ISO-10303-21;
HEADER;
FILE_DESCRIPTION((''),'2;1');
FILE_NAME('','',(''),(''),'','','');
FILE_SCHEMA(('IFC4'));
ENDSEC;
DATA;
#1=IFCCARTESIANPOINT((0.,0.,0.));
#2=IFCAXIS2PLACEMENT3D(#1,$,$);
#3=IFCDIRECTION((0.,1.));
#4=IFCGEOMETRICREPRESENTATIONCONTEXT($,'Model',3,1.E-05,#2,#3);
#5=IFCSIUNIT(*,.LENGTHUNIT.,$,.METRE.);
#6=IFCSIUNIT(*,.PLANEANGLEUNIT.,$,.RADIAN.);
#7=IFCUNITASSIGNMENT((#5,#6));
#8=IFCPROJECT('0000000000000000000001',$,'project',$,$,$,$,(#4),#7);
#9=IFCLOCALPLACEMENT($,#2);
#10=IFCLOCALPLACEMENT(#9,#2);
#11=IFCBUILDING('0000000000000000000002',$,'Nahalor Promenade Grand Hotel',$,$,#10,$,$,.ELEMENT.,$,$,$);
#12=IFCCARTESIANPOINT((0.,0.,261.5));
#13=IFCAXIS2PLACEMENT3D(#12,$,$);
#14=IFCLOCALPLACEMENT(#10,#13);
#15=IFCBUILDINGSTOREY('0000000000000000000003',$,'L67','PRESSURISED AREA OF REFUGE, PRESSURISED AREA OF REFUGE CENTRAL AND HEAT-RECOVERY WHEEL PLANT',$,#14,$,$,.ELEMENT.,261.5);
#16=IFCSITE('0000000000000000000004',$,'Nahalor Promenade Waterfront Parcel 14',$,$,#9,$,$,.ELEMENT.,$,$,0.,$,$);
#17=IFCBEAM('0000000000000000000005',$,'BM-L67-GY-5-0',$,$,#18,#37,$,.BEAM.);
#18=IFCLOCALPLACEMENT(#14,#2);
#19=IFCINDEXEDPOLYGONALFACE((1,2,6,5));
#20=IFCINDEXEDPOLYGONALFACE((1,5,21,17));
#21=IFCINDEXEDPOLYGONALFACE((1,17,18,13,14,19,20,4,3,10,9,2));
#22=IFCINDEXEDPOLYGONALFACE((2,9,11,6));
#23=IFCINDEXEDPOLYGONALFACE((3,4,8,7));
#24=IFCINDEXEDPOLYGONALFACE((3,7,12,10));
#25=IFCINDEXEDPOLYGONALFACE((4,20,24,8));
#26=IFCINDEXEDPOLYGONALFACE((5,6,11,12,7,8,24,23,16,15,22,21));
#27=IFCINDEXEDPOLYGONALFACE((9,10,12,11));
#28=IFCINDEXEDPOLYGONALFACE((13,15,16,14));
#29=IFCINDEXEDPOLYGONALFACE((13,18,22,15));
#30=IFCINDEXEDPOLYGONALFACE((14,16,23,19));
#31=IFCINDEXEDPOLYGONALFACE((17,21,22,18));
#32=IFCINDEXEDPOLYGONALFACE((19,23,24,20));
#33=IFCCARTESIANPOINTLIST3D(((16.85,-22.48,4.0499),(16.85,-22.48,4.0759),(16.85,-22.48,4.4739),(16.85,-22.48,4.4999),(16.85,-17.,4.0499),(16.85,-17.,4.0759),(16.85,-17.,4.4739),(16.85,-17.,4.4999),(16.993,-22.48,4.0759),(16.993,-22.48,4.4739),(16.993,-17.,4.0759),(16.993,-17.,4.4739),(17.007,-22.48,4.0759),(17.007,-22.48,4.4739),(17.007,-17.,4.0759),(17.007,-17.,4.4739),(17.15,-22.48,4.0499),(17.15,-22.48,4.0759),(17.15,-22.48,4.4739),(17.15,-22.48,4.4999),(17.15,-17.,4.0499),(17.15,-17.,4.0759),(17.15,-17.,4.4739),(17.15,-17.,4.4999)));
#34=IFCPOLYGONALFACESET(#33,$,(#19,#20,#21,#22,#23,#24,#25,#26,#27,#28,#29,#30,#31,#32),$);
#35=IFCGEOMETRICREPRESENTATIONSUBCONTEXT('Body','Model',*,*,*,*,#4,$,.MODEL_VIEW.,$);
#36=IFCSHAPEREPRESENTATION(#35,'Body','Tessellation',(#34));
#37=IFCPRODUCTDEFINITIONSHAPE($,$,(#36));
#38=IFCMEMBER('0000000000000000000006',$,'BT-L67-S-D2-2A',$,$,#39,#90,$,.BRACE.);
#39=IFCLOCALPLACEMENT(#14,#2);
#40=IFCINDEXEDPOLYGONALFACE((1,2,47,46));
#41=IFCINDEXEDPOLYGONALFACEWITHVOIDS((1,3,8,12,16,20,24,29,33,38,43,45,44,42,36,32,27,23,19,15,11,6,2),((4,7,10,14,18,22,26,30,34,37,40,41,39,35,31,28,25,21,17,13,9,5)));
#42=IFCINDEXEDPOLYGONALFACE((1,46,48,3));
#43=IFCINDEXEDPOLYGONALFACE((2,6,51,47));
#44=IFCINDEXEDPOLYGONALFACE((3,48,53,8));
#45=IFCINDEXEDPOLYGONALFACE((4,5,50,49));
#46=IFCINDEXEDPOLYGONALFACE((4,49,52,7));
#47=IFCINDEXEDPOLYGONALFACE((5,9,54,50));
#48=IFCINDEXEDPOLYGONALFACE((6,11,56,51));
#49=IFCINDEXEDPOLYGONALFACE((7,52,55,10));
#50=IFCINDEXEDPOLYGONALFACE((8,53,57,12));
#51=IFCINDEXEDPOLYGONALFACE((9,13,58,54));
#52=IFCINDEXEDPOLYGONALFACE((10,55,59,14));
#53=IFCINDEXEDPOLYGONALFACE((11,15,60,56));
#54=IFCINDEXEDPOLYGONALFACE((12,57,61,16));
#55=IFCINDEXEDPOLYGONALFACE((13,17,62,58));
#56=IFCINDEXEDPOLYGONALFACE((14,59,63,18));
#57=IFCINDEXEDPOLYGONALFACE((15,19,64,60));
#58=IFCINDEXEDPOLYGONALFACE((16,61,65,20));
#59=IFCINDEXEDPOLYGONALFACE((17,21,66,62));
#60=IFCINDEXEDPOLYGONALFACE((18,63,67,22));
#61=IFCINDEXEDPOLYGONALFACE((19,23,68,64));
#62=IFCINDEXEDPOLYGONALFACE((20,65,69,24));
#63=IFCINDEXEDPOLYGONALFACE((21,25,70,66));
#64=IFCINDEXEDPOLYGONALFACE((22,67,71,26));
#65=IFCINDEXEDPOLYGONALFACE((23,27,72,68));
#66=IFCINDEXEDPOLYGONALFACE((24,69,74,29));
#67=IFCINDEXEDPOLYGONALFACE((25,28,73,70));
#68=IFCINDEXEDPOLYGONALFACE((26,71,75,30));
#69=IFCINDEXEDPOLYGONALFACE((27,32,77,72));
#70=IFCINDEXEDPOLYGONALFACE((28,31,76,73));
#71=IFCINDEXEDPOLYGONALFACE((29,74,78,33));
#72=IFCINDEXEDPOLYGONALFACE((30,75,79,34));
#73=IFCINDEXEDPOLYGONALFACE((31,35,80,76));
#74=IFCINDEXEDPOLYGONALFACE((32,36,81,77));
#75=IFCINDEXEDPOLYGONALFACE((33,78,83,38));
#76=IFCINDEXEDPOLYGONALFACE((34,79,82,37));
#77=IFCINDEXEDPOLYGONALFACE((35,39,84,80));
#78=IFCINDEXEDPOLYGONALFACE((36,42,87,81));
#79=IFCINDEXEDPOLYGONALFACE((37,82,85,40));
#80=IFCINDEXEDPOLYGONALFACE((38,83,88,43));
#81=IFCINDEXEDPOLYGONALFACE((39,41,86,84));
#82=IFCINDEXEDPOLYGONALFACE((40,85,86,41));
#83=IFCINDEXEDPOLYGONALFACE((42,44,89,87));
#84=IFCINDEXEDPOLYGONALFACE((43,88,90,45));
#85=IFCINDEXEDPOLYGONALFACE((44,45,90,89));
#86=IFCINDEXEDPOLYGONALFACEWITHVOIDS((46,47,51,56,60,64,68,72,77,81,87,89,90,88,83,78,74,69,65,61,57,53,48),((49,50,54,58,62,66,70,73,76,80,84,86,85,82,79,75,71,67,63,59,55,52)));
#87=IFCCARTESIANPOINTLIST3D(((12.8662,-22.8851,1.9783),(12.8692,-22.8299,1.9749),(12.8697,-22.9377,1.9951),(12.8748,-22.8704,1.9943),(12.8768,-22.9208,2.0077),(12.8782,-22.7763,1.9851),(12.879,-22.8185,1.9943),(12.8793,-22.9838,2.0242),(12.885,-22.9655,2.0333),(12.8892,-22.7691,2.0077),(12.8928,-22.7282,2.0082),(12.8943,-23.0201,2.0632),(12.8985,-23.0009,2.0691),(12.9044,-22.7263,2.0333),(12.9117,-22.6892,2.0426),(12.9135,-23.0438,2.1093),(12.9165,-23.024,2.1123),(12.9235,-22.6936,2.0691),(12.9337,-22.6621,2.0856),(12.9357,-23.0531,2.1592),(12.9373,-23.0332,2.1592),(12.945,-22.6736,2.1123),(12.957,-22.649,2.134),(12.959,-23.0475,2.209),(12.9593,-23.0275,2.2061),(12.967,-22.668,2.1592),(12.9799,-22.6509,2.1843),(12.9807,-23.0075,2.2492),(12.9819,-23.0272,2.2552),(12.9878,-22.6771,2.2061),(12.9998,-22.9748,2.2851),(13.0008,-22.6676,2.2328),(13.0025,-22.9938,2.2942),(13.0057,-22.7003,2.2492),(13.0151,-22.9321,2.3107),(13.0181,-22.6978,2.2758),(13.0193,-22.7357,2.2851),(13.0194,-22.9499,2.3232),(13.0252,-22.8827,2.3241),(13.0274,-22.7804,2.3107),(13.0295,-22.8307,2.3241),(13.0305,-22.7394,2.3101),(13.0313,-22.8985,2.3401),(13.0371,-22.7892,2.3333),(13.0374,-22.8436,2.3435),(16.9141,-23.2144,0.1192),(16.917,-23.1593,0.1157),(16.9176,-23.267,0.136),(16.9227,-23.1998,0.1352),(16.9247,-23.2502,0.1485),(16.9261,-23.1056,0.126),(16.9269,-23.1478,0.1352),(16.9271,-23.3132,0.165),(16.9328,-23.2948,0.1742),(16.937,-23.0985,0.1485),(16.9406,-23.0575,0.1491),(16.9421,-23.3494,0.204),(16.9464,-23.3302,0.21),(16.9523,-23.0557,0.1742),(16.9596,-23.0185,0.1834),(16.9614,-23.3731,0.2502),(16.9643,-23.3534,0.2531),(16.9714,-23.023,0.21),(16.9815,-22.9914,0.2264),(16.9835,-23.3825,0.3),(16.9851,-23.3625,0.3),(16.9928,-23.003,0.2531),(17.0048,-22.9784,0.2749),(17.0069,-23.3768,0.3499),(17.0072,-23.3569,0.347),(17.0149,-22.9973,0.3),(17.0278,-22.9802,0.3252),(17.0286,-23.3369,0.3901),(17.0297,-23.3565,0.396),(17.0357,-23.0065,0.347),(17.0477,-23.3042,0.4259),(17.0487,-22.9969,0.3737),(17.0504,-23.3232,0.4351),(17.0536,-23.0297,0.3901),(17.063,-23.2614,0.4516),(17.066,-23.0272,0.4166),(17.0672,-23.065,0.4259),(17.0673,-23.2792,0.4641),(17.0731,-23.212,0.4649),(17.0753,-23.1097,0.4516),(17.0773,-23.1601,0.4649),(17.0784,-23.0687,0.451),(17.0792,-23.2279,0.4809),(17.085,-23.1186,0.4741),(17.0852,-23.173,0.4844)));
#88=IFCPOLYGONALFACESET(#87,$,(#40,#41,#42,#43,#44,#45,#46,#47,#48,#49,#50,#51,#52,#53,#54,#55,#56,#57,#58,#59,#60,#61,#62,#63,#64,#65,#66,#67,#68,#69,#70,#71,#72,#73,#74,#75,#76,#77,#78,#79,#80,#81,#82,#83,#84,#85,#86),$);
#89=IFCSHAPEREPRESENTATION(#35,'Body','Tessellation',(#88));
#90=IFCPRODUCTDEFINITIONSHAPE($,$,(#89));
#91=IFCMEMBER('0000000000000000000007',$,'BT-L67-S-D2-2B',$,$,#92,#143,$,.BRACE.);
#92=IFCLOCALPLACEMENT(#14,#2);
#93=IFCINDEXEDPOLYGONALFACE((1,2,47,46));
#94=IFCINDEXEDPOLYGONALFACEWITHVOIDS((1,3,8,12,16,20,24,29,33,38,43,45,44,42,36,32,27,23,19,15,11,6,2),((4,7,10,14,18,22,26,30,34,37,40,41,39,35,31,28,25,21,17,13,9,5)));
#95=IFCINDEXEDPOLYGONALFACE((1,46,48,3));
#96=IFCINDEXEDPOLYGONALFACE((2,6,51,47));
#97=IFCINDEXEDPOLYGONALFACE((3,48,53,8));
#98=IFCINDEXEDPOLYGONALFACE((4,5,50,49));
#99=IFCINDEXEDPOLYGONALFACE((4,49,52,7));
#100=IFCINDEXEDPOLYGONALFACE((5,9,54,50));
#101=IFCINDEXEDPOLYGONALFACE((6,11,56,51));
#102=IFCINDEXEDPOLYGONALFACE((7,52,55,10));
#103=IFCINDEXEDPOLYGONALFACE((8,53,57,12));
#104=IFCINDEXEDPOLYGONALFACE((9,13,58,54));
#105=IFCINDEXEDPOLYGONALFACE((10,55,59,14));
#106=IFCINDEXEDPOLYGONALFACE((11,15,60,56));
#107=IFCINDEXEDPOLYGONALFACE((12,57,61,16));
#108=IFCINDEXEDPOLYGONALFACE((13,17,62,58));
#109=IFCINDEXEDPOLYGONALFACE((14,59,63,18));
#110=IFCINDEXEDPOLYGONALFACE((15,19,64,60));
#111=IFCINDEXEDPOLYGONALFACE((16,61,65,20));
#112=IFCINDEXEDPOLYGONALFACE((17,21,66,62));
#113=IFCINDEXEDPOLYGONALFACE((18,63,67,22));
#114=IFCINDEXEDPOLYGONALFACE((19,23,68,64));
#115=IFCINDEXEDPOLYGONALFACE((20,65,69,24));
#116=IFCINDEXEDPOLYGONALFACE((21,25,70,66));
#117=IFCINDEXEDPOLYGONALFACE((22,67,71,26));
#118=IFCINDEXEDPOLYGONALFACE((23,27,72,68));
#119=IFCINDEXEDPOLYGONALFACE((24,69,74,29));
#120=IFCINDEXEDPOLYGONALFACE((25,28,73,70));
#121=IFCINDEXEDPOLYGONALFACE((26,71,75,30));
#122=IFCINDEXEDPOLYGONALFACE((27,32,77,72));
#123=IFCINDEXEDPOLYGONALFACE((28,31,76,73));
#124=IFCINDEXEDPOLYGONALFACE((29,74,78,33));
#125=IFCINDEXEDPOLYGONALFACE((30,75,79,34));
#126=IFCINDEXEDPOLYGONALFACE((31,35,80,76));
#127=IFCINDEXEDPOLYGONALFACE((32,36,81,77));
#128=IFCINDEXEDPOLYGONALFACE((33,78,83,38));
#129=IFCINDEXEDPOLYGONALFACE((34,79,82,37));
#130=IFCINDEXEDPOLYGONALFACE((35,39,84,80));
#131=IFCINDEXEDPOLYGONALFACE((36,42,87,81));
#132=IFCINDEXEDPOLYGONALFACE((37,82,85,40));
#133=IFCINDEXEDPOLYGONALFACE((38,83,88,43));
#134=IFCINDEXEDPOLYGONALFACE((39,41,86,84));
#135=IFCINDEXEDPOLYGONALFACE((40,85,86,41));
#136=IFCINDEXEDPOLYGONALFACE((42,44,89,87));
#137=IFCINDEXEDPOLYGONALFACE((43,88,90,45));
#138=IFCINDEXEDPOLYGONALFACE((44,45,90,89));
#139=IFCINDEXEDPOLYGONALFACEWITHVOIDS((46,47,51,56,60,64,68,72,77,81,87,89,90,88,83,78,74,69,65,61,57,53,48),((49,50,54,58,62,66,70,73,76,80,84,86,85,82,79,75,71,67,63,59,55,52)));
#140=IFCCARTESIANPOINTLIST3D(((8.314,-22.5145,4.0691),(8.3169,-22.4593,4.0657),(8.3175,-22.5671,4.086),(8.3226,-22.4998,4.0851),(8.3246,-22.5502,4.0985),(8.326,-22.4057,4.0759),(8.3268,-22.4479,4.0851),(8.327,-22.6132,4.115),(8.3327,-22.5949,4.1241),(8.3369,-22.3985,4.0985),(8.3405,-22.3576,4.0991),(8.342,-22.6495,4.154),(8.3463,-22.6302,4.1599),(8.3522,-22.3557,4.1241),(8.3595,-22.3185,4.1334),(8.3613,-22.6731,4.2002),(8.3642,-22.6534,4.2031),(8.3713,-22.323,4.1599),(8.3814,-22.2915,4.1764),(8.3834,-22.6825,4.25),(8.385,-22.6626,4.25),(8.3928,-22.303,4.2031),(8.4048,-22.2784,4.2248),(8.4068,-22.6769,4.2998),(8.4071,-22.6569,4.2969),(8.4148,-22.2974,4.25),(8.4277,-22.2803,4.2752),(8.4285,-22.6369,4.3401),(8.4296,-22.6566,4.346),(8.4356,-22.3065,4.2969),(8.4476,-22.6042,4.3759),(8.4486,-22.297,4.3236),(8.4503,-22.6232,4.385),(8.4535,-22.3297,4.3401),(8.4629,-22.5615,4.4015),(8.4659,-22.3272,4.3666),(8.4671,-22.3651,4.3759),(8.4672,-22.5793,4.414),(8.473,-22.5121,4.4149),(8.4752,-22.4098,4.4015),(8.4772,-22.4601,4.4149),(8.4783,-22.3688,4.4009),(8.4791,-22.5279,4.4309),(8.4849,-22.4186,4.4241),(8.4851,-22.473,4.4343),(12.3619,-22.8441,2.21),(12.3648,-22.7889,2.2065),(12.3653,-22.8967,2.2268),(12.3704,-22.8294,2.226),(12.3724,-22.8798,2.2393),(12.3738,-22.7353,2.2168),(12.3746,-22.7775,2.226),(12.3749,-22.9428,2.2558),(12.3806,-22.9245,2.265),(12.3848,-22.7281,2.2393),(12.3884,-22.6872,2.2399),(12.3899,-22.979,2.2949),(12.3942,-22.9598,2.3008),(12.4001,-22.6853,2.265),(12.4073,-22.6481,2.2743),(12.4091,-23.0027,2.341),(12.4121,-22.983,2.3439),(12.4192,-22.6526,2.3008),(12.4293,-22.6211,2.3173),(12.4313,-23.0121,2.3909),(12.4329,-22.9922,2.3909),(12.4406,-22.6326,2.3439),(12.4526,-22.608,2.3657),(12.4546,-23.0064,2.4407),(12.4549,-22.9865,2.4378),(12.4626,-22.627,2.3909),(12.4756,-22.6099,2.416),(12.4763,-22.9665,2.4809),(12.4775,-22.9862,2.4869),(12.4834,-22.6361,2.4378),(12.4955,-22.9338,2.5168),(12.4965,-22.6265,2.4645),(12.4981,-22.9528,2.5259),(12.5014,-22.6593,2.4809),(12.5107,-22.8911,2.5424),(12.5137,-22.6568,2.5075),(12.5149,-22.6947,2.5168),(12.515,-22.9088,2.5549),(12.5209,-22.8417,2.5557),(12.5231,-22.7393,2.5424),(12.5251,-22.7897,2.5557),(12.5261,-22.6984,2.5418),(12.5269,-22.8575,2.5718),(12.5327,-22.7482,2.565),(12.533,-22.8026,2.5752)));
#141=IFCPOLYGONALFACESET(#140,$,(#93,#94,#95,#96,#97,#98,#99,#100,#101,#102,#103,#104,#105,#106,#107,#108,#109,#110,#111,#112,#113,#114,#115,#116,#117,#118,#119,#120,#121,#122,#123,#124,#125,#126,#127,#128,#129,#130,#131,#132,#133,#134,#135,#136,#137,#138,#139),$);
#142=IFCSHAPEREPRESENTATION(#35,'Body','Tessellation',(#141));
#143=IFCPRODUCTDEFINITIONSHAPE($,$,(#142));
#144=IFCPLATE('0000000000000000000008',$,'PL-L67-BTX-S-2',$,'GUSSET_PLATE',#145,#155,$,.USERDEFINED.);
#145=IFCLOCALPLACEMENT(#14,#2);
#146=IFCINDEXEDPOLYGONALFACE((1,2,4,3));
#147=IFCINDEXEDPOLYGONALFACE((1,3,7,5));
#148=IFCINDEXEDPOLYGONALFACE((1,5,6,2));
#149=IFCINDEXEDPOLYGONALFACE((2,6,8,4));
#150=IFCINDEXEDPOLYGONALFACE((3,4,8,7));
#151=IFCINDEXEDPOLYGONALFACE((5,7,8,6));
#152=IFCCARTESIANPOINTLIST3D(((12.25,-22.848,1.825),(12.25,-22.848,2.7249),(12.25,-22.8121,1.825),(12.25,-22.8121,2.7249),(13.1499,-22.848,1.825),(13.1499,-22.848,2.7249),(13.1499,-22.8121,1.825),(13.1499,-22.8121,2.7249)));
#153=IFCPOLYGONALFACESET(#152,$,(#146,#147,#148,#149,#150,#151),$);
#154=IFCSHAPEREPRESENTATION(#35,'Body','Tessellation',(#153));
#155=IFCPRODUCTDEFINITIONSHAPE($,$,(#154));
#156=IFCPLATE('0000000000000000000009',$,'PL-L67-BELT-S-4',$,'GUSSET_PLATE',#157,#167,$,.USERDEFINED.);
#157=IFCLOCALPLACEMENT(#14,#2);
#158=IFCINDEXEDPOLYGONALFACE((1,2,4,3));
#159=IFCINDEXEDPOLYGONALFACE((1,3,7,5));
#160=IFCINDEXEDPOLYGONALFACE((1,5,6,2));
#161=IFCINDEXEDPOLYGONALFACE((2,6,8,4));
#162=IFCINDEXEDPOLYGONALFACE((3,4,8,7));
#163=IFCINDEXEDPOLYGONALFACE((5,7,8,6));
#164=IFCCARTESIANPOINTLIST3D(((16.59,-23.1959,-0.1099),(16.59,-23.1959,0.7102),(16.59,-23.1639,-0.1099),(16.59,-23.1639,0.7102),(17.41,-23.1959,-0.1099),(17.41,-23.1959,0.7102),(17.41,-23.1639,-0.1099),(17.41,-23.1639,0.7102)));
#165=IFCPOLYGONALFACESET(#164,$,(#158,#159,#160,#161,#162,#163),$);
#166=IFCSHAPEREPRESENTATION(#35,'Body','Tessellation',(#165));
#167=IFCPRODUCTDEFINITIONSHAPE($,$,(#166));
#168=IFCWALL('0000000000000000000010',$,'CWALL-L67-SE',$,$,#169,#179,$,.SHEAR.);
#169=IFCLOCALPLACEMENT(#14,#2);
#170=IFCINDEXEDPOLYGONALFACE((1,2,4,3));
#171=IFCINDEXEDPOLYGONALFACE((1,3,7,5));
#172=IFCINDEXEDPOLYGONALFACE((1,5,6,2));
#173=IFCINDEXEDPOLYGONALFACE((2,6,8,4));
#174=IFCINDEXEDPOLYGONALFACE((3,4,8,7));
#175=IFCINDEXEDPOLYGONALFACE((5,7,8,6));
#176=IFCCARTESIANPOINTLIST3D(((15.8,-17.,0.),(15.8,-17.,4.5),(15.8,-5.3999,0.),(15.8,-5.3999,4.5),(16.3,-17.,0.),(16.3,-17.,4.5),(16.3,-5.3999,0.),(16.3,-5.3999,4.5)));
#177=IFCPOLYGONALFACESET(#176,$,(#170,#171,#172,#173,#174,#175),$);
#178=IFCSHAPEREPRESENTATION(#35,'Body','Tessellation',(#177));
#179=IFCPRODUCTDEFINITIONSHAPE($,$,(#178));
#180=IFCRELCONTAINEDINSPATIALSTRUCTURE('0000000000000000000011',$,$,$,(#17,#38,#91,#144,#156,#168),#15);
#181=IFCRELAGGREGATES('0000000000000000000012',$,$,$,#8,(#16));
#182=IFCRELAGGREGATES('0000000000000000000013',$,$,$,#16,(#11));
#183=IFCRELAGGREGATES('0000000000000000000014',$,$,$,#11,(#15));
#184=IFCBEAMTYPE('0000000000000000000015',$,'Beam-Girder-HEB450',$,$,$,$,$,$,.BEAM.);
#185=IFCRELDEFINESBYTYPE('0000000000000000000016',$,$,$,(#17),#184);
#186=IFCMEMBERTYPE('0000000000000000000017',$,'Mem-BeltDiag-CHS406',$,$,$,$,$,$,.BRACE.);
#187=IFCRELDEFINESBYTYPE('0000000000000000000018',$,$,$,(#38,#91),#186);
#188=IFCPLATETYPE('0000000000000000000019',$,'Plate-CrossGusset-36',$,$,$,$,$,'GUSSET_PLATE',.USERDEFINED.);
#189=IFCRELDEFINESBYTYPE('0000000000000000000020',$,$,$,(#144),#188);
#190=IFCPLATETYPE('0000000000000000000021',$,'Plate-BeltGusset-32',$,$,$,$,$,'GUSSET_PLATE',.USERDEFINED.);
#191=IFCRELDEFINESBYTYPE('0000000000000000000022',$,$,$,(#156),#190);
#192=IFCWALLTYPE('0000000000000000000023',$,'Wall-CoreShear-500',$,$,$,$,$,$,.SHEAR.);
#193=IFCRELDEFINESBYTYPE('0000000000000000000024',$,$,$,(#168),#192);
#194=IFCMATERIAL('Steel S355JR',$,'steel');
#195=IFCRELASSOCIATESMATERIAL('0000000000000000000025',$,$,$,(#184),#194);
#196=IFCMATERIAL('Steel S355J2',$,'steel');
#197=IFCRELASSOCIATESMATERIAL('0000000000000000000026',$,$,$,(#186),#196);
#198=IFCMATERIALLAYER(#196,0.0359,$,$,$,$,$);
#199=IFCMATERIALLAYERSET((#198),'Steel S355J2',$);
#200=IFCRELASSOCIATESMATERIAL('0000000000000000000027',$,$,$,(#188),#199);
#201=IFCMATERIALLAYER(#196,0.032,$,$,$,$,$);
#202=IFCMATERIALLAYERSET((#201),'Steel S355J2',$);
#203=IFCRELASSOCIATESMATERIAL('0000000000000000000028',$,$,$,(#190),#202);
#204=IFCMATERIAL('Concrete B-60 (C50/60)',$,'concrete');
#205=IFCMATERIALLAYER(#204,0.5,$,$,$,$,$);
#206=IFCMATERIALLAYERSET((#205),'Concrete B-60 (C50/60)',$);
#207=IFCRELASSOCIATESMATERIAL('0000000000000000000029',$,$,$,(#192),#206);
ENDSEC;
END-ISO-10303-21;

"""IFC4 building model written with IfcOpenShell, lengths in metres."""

from ifc_helpers import new_model, si_unit, direction, frame, frame_2d, origin, origin_2d, place, context, subcontext, project, spatial, rectangle, hollow_circle, i_section, extrude, source, transform, mapped, material, layer, layer_set, material_profile, profile_set, type_object, element, save


model = new_model("IFC4")

# Units and contexts
model_context = context("Model", 3, precision=1e-05, world=origin(), true_north=direction((0.0, 1.0)))
body_context = subcontext(model_context, "Body", "Model", "MODEL_VIEW")
ifc_project = project(units=[si_unit("LENGTHUNIT", "METRE"), si_unit("PLANEANGLEUNIT", "RADIAN")], contexts=[model_context])

# Site, building, storey
site_placement = place(None, origin())
site = spatial("IfcSite", under=ifc_project, at=site_placement, Name="Nahalor Promenade Waterfront Parcel 14", CompositionType="ELEMENT", RefElevation=0.0)
building_placement = place(site_placement, origin())
building = spatial("IfcBuilding", under=site, at=building_placement, Name="Nahalor Promenade Grand Hotel", CompositionType="ELEMENT")
storey_placement = place(building_placement, frame((0.0, 0.0, 261.5)))
storey = spatial("IfcBuildingStorey", under=building, at=storey_placement, Name="L67", Description="PRESSURISED AREA OF REFUGE, PRESSURISED AREA OF REFUGE CENTRAL AND HEAT-RECOVERY WHEEL PLANT", CompositionType="ELEMENT", Elevation=261.5)

# Shared definitions
ifc_material_1 = material(Name="Steel S355JR", Category="steel")
ifc_material_2 = material(Name="Concrete B-60 (C50/60)", Category="concrete")

# Beam
ifc_material_profile_1 = material_profile(ifc_material_1, i_section(OverallWidth=0.3, OverallDepth=0.45, WebThickness=0.014, FlangeThickness=0.026, at=origin_2d()), Name="HEB 450")
ifc_profile_set_1 = profile_set([ifc_material_profile_1], Name="Steel S355JR")
beam_type_1 = type_object("IfcBeamType", Name="Beam-Girder-HEB450", PredefinedType="BEAM", material=ifc_profile_set_1)
shared_shape_1 = source(origin(), body_context, "Body", "SweptSolid", [
    extrude(i_section(OverallWidth=0.3, OverallDepth=0.45, WebThickness=0.014, FlangeThickness=0.026, at=origin_2d()), origin(), (0.0, 0.0, 1.0), 5.48),
])
for number, where, z_axis, x_axis, name in (
    (1, (17.0, -22.48, 4.2749), (0.0, 1.0, 0.0), (-1.0, 0.0, 0.0), "BM-L67-GY-5-0"),
):
    element("IfcBeam", number, at=place(storey_placement, frame(where, z_axis=z_axis, x_axis=x_axis)), inside=storey, type_object=beam_type_1, Name=name, PredefinedType="BEAM", context=body_context, shape_type="MappedRepresentation", body=[
        mapped(shared_shape_1, transform((0.0, 0.0, 0.0), scale=1.0)),
    ])

# Members
ifc_material_3 = material(Name="Steel S355J2", Category="steel")
ifc_material_profile_2 = material_profile(ifc_material_3, hollow_circle(Radius=0.2032, WallThickness=0.02, at=origin_2d()), Name="CHS 406.4x20")
ifc_profile_set_2 = profile_set([ifc_material_profile_2], Name="Steel S355J2")
member_type = type_object("IfcMemberType", Name="Mem-BeltDiag-CHS406", PredefinedType="BRACE", material=ifc_profile_set_2)
shared_shape_2 = source(origin(), body_context, "Body", "SweptSolid", [
    extrude(hollow_circle(Radius=0.2032, WallThickness=0.02, at=origin_2d()), origin(), (0.0, 0.0, 1.0), 4.4666),
])
for number, where, z_axis, x_axis, name in (
    (2, (17.0, -23.1799, 0.3), (-0.906262, 0.073736, 0.416236), (-0.081095, -0.996706, 0.0), "BT-L67-S-D2-2A"),
    (3, (12.4478, -22.8096, 2.3909), (-0.906258, 0.073791, 0.416234), (-0.081155, -0.996702, 0.0), "BT-L67-S-D2-2B"),
):
    element("IfcMember", number, at=place(storey_placement, frame(where, z_axis=z_axis, x_axis=x_axis)), inside=storey, type_object=member_type, Name=name, PredefinedType="BRACE", context=body_context, shape_type="MappedRepresentation", body=[
        mapped(shared_shape_2, transform((0.0, 0.0, 0.0), scale=1.0)),
    ])

# Plates
ifc_layer_1 = layer(ifc_material_3, 0.0359)
ifc_layer_set_1 = layer_set([ifc_layer_1], Name="Steel S355J2")
plate_type_1 = type_object("IfcPlateType", Name="Plate-CrossGusset-36", ElementType="GUSSET_PLATE", PredefinedType="USERDEFINED", material=ifc_layer_set_1)
shared_shape_3 = source(origin(), body_context, "Body", "SweptSolid", [
    extrude(rectangle(XDim=0.8999, YDim=0.0359, at=origin_2d()), origin(), (0.0, 0.0, 1.0), 0.8999),
])
plate_1_placement = place(storey_placement, frame((12.7, -22.8301, 1.825), z_axis=(0.0, 0.0, 1.0), x_axis=(1.0, 0.0, 0.0)))
element("IfcPlate", 4, at=plate_1_placement, inside=storey, type_object=plate_type_1, Name="PL-L67-BTX-S-2", ObjectType="GUSSET_PLATE", PredefinedType="USERDEFINED", context=body_context, shape_type="MappedRepresentation", body=[
    mapped(shared_shape_3, transform((0.0, 0.0, 0.0), scale=1.0)),
])
ifc_layer_2 = layer(ifc_material_3, 0.032)
ifc_layer_set_2 = layer_set([ifc_layer_2], Name="Steel S355J2")
plate_type_2 = type_object("IfcPlateType", Name="Plate-BeltGusset-32", ElementType="GUSSET_PLATE", PredefinedType="USERDEFINED", material=ifc_layer_set_2)
shared_shape_4 = source(origin(), body_context, "Body", "SweptSolid", [
    extrude(rectangle(XDim=0.8201, YDim=0.032, at=origin_2d()), origin(), (0.0, 0.0, 1.0), 0.8201),
])
plate_2_placement = place(storey_placement, frame((17.0, -23.1799, -0.1099), z_axis=(0.0, 0.0, 1.0), x_axis=(1.0, 0.0, 0.0)))
element("IfcPlate", 5, at=plate_2_placement, inside=storey, type_object=plate_type_2, Name="PL-L67-BELT-S-4", ObjectType="GUSSET_PLATE", PredefinedType="USERDEFINED", context=body_context, shape_type="MappedRepresentation", body=[
    mapped(shared_shape_4, transform((0.0, 0.0, 0.0), scale=1.0)),
])

# Wall
ifc_layer_3 = layer(ifc_material_2, 0.5)
ifc_layer_set_3 = layer_set([ifc_layer_3], Name="Concrete B-60 (C50/60)")
wall_type_1 = type_object("IfcWallType", Name="Wall-CoreShear-500", PredefinedType="SHEAR", material=ifc_layer_set_3)
shared_shape_5 = source(origin(), body_context, "Body", "SweptSolid", [
    extrude(rectangle(XDim=11.6001, YDim=0.5, at=frame_2d((5.8, 0.0))), origin(), (0.0, 0.0, 1.0), 4.5),
])
wall_1_placement = place(storey_placement, frame((16.05, -17.0, 0.0), z_axis=(0.0, 0.0, 1.0), x_axis=(0.0, 1.0, 0.0)))
element("IfcWall", 6, at=wall_1_placement, inside=storey, type_object=wall_type_1, Name="CWALL-L67-SE", PredefinedType="SHEAR", context=body_context, shape_type="MappedRepresentation", body=[
    mapped(shared_shape_5, transform((0.0, 0.0, 0.0), scale=1.0)),
])

save(model, "model.ifc")
